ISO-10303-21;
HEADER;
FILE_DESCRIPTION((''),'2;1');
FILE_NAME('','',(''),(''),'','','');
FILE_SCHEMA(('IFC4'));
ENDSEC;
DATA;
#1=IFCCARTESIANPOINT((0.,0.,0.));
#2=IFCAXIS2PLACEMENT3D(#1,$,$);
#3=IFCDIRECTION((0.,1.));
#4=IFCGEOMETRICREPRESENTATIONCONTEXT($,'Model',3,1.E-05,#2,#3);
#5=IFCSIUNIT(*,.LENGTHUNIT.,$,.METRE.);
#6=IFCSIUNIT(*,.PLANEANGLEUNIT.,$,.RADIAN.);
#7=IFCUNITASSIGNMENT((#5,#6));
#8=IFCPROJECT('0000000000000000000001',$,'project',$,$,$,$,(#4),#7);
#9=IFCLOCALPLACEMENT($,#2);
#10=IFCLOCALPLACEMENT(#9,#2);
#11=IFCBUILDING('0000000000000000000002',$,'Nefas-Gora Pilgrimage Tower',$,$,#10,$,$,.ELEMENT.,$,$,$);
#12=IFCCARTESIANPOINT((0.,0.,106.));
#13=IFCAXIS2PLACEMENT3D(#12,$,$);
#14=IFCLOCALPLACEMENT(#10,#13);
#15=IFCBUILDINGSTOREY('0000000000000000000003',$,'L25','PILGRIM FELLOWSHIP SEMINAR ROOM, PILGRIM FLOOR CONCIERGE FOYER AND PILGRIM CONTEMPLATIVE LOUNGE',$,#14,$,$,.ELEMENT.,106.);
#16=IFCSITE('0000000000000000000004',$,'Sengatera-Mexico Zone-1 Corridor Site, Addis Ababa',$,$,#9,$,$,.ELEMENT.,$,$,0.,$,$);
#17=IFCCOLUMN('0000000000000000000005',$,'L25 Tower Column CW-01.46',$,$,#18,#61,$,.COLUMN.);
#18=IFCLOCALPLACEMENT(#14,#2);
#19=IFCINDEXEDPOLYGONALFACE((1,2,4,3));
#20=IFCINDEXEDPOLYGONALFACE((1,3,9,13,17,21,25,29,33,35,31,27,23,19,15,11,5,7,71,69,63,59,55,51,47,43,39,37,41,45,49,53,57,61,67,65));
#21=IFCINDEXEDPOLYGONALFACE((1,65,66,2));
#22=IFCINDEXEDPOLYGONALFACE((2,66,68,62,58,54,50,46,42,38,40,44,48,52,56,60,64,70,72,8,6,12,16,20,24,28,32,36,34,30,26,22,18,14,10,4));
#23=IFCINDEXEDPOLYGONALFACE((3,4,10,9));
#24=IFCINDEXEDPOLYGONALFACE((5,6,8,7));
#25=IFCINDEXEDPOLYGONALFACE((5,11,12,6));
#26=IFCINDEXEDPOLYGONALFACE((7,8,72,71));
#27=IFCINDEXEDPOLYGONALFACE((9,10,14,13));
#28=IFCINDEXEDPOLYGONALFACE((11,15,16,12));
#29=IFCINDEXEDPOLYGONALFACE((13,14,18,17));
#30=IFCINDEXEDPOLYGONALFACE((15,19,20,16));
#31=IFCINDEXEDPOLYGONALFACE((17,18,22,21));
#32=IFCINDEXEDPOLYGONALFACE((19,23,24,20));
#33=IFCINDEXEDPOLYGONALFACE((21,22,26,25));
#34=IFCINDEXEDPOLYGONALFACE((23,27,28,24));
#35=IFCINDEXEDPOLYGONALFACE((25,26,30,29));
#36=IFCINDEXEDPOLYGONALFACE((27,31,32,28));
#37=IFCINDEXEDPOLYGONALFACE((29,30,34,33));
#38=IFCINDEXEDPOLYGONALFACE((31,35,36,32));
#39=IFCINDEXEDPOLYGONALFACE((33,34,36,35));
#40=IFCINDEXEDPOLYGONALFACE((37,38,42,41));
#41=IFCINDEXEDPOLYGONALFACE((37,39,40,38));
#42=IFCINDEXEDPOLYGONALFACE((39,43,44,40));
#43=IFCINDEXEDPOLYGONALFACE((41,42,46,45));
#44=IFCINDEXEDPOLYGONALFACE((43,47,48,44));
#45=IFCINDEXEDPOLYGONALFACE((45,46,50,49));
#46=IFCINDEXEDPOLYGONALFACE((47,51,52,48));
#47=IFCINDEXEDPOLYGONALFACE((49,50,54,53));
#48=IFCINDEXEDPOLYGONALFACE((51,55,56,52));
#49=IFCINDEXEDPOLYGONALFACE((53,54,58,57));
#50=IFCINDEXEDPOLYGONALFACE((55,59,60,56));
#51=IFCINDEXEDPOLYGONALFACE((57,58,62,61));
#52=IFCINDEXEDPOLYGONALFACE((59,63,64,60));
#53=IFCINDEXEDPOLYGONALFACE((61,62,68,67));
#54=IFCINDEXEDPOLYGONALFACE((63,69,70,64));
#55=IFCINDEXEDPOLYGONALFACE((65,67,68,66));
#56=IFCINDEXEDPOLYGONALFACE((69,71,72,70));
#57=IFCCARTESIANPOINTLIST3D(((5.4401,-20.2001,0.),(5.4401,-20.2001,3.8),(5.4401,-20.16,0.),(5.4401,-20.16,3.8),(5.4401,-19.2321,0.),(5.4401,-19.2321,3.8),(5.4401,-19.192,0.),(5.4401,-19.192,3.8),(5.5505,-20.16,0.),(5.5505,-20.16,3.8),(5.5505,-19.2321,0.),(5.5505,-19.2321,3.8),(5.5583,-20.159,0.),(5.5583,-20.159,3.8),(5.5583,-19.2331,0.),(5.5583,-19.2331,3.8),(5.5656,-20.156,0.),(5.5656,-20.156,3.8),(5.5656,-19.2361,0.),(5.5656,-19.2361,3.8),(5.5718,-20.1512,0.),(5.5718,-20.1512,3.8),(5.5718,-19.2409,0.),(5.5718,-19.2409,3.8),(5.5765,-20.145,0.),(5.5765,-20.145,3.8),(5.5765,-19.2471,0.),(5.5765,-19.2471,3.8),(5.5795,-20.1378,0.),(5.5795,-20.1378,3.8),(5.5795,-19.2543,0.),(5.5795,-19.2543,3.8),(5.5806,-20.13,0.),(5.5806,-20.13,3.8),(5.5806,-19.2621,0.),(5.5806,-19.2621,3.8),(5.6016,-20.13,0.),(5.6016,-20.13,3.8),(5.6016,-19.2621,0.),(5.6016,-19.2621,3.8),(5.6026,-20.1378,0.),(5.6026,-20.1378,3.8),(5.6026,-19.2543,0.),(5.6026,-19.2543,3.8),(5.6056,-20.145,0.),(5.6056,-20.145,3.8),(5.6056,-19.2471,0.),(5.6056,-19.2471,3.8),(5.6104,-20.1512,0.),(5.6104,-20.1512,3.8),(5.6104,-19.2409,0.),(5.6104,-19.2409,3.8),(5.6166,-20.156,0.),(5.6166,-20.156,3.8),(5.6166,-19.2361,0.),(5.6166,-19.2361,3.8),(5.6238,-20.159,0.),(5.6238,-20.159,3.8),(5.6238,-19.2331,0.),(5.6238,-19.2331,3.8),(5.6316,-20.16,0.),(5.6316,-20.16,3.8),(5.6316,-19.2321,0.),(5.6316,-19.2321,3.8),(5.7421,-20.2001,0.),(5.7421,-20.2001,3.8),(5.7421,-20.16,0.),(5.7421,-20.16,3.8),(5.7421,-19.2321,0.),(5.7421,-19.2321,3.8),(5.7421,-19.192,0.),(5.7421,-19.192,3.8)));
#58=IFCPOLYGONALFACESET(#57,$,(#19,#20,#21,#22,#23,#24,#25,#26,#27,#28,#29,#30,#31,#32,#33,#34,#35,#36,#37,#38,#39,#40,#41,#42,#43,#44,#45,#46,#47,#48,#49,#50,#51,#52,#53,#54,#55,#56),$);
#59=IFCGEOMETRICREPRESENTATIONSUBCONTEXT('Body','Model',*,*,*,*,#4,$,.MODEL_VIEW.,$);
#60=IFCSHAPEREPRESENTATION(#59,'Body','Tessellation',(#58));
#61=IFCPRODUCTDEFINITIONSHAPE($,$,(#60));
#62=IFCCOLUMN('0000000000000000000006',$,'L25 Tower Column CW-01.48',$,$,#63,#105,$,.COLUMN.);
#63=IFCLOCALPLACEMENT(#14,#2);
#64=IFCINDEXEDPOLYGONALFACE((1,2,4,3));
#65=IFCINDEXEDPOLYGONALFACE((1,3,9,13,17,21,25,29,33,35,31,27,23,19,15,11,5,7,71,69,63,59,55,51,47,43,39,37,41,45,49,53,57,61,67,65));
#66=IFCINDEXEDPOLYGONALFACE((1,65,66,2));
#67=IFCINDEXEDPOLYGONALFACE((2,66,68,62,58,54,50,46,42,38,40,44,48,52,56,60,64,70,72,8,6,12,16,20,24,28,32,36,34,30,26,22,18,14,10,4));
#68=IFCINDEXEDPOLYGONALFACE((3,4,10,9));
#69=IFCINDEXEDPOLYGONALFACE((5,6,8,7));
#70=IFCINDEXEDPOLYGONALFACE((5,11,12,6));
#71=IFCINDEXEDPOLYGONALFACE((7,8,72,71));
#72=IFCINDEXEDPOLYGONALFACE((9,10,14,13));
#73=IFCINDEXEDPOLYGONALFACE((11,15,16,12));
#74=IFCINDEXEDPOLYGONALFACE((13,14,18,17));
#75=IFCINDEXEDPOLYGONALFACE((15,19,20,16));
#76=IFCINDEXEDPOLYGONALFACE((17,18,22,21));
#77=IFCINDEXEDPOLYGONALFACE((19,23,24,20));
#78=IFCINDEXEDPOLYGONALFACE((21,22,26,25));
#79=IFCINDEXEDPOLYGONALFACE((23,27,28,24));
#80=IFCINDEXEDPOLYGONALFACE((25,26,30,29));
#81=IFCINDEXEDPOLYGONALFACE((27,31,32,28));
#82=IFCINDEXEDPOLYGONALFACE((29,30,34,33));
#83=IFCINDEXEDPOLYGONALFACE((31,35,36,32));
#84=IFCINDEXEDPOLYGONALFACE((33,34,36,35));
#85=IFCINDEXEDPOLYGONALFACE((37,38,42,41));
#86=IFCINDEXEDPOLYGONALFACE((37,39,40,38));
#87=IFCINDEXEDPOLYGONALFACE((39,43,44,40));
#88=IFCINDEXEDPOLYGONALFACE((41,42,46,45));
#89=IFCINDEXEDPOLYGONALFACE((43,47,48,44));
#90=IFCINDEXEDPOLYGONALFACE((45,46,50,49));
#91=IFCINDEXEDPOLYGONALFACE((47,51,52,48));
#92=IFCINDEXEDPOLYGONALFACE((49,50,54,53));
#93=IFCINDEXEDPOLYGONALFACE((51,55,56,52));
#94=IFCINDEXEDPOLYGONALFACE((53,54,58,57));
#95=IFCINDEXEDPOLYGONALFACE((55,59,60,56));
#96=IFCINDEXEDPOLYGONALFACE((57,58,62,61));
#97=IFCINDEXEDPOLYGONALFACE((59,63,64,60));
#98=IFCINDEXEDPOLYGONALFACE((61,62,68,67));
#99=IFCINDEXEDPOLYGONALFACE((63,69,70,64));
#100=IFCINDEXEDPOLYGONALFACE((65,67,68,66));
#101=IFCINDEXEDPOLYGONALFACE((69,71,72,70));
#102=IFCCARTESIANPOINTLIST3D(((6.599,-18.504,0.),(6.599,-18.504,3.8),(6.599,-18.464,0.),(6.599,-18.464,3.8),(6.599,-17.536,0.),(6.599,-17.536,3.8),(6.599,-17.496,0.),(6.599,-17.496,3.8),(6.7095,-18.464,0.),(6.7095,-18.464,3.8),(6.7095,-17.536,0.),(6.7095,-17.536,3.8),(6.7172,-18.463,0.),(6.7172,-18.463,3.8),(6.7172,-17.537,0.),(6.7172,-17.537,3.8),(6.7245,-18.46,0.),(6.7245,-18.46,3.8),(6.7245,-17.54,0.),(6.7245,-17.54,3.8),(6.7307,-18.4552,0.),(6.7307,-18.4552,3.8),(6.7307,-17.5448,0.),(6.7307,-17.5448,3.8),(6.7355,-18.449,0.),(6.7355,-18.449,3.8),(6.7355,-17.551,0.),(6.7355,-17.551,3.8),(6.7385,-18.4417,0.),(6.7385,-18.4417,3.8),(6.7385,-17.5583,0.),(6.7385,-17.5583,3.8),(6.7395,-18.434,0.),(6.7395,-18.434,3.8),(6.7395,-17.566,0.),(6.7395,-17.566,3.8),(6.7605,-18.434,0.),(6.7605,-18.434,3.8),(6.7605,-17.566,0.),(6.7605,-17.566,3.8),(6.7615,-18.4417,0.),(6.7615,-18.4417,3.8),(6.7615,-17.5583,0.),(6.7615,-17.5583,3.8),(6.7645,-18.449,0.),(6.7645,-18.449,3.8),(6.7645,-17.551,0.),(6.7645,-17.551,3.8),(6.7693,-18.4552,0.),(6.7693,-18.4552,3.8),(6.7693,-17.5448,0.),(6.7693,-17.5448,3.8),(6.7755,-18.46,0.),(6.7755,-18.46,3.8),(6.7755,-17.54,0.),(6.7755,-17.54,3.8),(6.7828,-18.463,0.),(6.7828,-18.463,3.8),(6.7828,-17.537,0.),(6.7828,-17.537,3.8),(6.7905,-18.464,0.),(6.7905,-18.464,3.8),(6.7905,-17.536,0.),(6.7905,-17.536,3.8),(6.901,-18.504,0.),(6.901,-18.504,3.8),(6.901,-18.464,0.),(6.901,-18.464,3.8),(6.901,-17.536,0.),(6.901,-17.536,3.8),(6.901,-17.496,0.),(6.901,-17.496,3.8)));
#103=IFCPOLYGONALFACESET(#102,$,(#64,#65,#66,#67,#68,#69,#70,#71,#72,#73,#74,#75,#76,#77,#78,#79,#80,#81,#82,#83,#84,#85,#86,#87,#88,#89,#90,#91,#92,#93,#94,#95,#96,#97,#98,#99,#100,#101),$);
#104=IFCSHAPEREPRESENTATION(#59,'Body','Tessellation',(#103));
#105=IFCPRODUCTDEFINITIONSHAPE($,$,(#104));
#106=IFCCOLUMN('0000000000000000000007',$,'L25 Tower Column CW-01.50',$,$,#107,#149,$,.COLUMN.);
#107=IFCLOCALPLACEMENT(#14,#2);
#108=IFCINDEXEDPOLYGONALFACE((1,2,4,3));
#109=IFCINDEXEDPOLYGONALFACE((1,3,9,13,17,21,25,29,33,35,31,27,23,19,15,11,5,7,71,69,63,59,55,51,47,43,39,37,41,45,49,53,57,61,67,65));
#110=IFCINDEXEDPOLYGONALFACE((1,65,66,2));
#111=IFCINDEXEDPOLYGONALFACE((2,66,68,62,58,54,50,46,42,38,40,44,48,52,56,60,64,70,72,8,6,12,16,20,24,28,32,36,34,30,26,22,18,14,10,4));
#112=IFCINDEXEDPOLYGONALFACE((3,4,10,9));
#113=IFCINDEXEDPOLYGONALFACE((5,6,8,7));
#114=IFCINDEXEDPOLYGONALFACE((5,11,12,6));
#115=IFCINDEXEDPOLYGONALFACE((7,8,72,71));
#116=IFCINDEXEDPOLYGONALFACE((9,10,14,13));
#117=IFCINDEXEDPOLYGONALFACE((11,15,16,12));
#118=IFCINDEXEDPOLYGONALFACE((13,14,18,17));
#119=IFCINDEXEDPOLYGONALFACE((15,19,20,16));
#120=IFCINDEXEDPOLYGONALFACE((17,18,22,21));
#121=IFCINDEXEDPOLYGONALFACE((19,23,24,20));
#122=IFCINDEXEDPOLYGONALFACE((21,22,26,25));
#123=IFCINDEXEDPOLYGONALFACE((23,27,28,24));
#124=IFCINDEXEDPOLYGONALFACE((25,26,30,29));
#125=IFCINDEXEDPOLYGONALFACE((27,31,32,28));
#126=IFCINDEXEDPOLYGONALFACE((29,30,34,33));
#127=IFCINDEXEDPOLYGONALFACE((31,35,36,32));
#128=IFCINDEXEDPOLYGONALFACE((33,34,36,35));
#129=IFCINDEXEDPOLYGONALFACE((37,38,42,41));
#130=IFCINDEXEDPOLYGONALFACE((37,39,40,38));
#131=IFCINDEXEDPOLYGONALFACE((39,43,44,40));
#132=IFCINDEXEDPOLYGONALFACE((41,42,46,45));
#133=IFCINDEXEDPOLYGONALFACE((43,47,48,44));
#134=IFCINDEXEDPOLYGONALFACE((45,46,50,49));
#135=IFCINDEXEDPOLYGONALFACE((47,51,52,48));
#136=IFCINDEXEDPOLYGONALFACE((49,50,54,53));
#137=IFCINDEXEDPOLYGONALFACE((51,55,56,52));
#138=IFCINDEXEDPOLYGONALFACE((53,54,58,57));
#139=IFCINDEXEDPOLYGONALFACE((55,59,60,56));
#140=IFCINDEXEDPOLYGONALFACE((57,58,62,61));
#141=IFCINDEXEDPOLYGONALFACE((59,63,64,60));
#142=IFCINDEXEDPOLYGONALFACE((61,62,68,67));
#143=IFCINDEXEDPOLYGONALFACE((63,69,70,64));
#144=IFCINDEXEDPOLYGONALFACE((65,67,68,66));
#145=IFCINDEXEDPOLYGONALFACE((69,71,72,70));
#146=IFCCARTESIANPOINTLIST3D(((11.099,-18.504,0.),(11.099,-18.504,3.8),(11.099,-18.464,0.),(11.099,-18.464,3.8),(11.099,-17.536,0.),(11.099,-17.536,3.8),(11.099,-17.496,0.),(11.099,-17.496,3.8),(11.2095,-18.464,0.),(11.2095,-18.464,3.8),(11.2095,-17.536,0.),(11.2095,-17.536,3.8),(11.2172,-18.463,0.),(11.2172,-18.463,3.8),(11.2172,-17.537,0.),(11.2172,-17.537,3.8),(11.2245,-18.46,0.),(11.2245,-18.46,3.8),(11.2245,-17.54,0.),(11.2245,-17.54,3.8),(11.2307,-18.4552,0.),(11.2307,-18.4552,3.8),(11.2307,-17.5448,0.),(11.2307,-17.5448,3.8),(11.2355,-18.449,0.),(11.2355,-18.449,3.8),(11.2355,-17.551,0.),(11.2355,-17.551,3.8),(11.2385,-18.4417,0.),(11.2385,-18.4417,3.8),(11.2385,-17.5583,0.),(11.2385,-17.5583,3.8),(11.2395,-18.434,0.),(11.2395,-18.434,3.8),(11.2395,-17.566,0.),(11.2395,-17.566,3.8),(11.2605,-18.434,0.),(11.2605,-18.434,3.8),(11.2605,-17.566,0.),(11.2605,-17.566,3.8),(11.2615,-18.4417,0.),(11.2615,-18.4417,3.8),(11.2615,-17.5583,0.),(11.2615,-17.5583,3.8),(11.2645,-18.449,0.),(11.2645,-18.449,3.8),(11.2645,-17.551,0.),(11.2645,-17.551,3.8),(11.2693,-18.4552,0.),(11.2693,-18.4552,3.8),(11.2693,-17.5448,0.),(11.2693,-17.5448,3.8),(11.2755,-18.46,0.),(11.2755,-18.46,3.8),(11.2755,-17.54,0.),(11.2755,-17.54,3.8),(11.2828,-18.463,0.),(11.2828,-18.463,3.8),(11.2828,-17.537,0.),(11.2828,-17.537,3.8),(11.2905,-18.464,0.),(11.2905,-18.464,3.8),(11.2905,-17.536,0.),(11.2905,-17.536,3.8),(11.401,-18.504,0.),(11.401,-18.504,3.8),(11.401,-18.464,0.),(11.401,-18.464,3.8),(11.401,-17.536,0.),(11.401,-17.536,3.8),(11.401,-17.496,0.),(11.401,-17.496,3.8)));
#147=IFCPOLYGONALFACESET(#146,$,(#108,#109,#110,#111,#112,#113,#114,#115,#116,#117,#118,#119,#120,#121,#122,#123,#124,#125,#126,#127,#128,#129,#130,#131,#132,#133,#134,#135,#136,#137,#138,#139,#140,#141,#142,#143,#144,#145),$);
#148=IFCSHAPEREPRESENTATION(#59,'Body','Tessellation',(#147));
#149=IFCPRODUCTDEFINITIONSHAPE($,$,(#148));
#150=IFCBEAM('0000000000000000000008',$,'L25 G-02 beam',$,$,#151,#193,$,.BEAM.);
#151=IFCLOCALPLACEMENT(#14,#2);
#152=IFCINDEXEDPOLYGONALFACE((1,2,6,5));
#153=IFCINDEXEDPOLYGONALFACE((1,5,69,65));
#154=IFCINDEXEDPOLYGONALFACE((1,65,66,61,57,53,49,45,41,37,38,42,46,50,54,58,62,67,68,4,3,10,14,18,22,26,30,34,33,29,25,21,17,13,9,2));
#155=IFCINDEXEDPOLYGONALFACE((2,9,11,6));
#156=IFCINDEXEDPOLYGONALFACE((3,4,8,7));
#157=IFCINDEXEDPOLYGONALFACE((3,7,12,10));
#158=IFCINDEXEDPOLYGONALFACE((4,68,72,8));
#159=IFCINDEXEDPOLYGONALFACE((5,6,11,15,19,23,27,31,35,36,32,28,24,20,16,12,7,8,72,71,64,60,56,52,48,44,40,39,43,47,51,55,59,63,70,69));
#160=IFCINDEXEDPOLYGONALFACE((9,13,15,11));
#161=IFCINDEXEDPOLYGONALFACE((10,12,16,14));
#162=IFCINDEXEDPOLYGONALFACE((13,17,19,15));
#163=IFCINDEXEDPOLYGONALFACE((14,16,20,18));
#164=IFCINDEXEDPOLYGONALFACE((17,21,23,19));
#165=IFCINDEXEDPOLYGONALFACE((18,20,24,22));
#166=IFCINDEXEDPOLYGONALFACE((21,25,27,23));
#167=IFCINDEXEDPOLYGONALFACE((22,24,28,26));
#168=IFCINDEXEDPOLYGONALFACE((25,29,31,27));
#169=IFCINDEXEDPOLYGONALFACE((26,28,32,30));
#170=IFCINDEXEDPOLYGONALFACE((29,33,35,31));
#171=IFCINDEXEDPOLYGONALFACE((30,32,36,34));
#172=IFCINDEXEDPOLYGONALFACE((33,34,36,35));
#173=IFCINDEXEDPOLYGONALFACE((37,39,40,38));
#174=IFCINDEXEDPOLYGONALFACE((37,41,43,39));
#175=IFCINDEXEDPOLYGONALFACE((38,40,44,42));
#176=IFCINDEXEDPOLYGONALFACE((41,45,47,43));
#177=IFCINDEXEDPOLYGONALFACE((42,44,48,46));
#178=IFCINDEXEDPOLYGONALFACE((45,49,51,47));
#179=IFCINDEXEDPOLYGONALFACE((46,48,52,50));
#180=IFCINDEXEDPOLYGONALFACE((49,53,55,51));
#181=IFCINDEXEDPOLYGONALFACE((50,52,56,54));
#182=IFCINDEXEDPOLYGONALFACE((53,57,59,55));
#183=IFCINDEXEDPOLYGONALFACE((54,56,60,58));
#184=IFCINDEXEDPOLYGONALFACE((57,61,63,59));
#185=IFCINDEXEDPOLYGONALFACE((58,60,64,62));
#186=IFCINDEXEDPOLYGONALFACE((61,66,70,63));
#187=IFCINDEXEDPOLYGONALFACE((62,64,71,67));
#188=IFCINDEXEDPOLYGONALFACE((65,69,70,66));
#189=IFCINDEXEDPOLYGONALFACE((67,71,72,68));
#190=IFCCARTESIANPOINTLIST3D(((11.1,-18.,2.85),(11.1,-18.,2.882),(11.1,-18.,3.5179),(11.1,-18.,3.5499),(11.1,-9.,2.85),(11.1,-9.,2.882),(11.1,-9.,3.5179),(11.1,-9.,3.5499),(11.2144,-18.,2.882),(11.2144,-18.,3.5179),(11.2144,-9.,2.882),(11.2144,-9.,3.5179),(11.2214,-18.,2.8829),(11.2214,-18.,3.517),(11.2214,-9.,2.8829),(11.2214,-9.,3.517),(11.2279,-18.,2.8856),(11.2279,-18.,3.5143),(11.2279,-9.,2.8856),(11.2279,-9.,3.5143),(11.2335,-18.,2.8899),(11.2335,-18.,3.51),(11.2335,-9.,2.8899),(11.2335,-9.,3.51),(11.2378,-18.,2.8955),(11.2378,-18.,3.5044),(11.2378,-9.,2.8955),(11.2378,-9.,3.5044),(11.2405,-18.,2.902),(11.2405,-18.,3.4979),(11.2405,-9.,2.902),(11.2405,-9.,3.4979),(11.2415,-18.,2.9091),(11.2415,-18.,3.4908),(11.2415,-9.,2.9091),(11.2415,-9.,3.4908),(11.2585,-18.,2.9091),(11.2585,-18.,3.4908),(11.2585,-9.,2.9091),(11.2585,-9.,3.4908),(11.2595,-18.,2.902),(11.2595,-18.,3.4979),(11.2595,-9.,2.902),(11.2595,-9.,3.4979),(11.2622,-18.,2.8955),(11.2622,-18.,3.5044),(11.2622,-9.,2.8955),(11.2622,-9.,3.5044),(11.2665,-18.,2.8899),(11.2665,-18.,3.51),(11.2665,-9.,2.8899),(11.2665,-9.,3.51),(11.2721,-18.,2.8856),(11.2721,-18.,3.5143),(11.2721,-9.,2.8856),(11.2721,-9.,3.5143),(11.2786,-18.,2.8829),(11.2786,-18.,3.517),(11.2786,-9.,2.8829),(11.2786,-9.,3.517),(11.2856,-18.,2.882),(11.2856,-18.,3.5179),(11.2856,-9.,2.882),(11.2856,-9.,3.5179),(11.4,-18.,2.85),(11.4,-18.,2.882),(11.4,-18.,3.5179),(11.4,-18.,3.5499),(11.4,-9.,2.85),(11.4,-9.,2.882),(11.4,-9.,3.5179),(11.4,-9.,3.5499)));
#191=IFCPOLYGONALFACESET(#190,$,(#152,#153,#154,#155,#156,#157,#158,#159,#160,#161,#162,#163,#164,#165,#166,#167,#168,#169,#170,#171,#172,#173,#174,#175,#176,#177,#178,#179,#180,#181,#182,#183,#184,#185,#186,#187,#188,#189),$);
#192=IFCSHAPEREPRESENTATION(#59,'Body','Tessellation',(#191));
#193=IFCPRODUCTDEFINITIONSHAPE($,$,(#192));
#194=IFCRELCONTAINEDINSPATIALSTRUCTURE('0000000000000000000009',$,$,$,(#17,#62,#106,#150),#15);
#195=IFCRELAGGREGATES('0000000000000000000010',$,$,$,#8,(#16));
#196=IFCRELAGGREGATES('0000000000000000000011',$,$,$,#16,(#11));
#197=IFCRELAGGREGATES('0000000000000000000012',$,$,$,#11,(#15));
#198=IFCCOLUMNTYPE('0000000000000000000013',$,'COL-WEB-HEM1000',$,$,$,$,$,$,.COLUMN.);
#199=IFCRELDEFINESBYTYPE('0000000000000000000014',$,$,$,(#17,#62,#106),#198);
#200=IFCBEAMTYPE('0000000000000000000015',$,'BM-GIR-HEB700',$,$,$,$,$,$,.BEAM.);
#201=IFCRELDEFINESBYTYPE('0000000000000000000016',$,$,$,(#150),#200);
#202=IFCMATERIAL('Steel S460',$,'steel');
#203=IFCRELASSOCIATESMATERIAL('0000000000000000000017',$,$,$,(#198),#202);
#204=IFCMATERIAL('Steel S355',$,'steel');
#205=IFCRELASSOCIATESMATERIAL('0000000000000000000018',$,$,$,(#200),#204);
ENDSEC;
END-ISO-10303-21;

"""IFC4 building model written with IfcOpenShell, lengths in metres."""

from ifc_helpers import new_model, si_unit, direction, frame, origin, origin_2d, place, context, subcontext, project, spatial, i_section, extrude, source, transform, mapped, material, material_profile, profile_set, type_object, element, save


model = new_model("IFC4")

# Units and contexts
model_context = context("Model", 3, precision=1e-05, world=origin(), true_north=direction((0.0, 1.0)))
body_context = subcontext(model_context, "Body", "Model", "MODEL_VIEW")
ifc_project = project(units=[si_unit("LENGTHUNIT", "METRE"), si_unit("PLANEANGLEUNIT", "RADIAN")], contexts=[model_context])

# Site, building, storey
site_placement = place(None, origin())
site = spatial("IfcSite", under=ifc_project, at=site_placement, Name="Sengatera-Mexico Zone-1 Corridor Site, Addis Ababa", CompositionType="ELEMENT", RefElevation=0.0)
building_placement = place(site_placement, origin())
building = spatial("IfcBuilding", under=site, at=building_placement, Name="Nefas-Gora Pilgrimage Tower", CompositionType="ELEMENT")
storey_placement = place(building_placement, frame((0.0, 0.0, 106.0)))
storey = spatial("IfcBuildingStorey", under=building, at=storey_placement, Name="L25", Description="PILGRIM FELLOWSHIP SEMINAR ROOM, PILGRIM FLOOR CONCIERGE FOYER AND PILGRIM CONTEMPLATIVE LOUNGE", CompositionType="ELEMENT", Elevation=106.0)

# Columns
ifc_material_1 = material(Name="Steel S460", Category="steel")
ifc_material_profile_1 = material_profile(ifc_material_1, i_section(OverallWidth=0.302, OverallDepth=1.0081, WebThickness=0.021, FlangeThickness=0.04, FilletRadius=0.03, at=origin_2d()), Name="HEM 1000")
ifc_profile_set_1 = profile_set([ifc_material_profile_1], Name="Steel S460")
column_type_1 = type_object("IfcColumnType", Name="COL-WEB-HEM1000", PredefinedType="COLUMN", material=ifc_profile_set_1)
shared_shape_1 = source(origin(), body_context, "Body", "SweptSolid", [
    extrude(i_section(OverallWidth=0.302, OverallDepth=1.0081, WebThickness=0.021, FlangeThickness=0.04, FilletRadius=0.03, at=origin_2d()), origin(), (0.0, 0.0, 1.0), 3.8),
])
for number, where, z_axis, x_axis, name in (
    (1, (5.5911, -19.696, 0.0), (0.0, 0.0, 1.0), (1.0, 0.0, 0.0), "L25 Tower Column CW-01.46"),
    (2, (6.75, -18.0, 0.0), (0.0, 0.0, 1.0), (1.0, 0.0, 0.0), "L25 Tower Column CW-01.48"),
    (3, (11.25, -18.0, 0.0), (0.0, 0.0, 1.0), (1.0, 0.0, 0.0), "L25 Tower Column CW-01.50"),
):
    element("IfcColumn", number, at=place(storey_placement, frame(where, z_axis=z_axis, x_axis=x_axis)), inside=storey, type_object=column_type_1, Name=name, PredefinedType="COLUMN", context=body_context, shape_type="MappedRepresentation", body=[
        mapped(shared_shape_1, transform((0.0, 0.0, 0.0), x_axis=(1.0, 0.0, 0.0), y_axis=(0.0, 1.0, 0.0), z_axis=(0.0, 0.0, 1.0), scale=1.0)),
    ])

# Beam
ifc_material_2 = material(Name="Steel S355", Category="steel")
ifc_material_profile_2 = material_profile(ifc_material_2, i_section(OverallWidth=0.3, OverallDepth=0.7, WebThickness=0.0171, FlangeThickness=0.032, FilletRadius=0.0271, at=origin_2d()), Name="HEB 700")
ifc_profile_set_2 = profile_set([ifc_material_profile_2], Name="Steel S355")
beam_type_1 = type_object("IfcBeamType", Name="BM-GIR-HEB700", PredefinedType="BEAM", material=ifc_profile_set_2)
shared_shape_2 = source(origin(), body_context, "Body", "SweptSolid", [
    extrude(i_section(OverallWidth=0.3, OverallDepth=0.7, WebThickness=0.0171, FlangeThickness=0.032, FilletRadius=0.0271, at=origin_2d()), origin(), (0.0, 0.0, 1.0), 9.0),
])
beam_1_placement = place(storey_placement, frame((11.25, -18.0, 3.2), z_axis=(0.0, 1.0, 0.0), x_axis=(-1.0, 0.0, 0.0)))
element("IfcBeam", 4, at=beam_1_placement, inside=storey, type_object=beam_type_1, Name="L25 G-02 beam", PredefinedType="BEAM", context=body_context, shape_type="MappedRepresentation", body=[
    mapped(shared_shape_2, transform((0.0, 0.0, 0.0), x_axis=(1.0, 0.0, 0.0), y_axis=(0.0, 1.0, 0.0), z_axis=(0.0, 0.0, 1.0), scale=1.0)),
])

save(model, "model.ifc")
